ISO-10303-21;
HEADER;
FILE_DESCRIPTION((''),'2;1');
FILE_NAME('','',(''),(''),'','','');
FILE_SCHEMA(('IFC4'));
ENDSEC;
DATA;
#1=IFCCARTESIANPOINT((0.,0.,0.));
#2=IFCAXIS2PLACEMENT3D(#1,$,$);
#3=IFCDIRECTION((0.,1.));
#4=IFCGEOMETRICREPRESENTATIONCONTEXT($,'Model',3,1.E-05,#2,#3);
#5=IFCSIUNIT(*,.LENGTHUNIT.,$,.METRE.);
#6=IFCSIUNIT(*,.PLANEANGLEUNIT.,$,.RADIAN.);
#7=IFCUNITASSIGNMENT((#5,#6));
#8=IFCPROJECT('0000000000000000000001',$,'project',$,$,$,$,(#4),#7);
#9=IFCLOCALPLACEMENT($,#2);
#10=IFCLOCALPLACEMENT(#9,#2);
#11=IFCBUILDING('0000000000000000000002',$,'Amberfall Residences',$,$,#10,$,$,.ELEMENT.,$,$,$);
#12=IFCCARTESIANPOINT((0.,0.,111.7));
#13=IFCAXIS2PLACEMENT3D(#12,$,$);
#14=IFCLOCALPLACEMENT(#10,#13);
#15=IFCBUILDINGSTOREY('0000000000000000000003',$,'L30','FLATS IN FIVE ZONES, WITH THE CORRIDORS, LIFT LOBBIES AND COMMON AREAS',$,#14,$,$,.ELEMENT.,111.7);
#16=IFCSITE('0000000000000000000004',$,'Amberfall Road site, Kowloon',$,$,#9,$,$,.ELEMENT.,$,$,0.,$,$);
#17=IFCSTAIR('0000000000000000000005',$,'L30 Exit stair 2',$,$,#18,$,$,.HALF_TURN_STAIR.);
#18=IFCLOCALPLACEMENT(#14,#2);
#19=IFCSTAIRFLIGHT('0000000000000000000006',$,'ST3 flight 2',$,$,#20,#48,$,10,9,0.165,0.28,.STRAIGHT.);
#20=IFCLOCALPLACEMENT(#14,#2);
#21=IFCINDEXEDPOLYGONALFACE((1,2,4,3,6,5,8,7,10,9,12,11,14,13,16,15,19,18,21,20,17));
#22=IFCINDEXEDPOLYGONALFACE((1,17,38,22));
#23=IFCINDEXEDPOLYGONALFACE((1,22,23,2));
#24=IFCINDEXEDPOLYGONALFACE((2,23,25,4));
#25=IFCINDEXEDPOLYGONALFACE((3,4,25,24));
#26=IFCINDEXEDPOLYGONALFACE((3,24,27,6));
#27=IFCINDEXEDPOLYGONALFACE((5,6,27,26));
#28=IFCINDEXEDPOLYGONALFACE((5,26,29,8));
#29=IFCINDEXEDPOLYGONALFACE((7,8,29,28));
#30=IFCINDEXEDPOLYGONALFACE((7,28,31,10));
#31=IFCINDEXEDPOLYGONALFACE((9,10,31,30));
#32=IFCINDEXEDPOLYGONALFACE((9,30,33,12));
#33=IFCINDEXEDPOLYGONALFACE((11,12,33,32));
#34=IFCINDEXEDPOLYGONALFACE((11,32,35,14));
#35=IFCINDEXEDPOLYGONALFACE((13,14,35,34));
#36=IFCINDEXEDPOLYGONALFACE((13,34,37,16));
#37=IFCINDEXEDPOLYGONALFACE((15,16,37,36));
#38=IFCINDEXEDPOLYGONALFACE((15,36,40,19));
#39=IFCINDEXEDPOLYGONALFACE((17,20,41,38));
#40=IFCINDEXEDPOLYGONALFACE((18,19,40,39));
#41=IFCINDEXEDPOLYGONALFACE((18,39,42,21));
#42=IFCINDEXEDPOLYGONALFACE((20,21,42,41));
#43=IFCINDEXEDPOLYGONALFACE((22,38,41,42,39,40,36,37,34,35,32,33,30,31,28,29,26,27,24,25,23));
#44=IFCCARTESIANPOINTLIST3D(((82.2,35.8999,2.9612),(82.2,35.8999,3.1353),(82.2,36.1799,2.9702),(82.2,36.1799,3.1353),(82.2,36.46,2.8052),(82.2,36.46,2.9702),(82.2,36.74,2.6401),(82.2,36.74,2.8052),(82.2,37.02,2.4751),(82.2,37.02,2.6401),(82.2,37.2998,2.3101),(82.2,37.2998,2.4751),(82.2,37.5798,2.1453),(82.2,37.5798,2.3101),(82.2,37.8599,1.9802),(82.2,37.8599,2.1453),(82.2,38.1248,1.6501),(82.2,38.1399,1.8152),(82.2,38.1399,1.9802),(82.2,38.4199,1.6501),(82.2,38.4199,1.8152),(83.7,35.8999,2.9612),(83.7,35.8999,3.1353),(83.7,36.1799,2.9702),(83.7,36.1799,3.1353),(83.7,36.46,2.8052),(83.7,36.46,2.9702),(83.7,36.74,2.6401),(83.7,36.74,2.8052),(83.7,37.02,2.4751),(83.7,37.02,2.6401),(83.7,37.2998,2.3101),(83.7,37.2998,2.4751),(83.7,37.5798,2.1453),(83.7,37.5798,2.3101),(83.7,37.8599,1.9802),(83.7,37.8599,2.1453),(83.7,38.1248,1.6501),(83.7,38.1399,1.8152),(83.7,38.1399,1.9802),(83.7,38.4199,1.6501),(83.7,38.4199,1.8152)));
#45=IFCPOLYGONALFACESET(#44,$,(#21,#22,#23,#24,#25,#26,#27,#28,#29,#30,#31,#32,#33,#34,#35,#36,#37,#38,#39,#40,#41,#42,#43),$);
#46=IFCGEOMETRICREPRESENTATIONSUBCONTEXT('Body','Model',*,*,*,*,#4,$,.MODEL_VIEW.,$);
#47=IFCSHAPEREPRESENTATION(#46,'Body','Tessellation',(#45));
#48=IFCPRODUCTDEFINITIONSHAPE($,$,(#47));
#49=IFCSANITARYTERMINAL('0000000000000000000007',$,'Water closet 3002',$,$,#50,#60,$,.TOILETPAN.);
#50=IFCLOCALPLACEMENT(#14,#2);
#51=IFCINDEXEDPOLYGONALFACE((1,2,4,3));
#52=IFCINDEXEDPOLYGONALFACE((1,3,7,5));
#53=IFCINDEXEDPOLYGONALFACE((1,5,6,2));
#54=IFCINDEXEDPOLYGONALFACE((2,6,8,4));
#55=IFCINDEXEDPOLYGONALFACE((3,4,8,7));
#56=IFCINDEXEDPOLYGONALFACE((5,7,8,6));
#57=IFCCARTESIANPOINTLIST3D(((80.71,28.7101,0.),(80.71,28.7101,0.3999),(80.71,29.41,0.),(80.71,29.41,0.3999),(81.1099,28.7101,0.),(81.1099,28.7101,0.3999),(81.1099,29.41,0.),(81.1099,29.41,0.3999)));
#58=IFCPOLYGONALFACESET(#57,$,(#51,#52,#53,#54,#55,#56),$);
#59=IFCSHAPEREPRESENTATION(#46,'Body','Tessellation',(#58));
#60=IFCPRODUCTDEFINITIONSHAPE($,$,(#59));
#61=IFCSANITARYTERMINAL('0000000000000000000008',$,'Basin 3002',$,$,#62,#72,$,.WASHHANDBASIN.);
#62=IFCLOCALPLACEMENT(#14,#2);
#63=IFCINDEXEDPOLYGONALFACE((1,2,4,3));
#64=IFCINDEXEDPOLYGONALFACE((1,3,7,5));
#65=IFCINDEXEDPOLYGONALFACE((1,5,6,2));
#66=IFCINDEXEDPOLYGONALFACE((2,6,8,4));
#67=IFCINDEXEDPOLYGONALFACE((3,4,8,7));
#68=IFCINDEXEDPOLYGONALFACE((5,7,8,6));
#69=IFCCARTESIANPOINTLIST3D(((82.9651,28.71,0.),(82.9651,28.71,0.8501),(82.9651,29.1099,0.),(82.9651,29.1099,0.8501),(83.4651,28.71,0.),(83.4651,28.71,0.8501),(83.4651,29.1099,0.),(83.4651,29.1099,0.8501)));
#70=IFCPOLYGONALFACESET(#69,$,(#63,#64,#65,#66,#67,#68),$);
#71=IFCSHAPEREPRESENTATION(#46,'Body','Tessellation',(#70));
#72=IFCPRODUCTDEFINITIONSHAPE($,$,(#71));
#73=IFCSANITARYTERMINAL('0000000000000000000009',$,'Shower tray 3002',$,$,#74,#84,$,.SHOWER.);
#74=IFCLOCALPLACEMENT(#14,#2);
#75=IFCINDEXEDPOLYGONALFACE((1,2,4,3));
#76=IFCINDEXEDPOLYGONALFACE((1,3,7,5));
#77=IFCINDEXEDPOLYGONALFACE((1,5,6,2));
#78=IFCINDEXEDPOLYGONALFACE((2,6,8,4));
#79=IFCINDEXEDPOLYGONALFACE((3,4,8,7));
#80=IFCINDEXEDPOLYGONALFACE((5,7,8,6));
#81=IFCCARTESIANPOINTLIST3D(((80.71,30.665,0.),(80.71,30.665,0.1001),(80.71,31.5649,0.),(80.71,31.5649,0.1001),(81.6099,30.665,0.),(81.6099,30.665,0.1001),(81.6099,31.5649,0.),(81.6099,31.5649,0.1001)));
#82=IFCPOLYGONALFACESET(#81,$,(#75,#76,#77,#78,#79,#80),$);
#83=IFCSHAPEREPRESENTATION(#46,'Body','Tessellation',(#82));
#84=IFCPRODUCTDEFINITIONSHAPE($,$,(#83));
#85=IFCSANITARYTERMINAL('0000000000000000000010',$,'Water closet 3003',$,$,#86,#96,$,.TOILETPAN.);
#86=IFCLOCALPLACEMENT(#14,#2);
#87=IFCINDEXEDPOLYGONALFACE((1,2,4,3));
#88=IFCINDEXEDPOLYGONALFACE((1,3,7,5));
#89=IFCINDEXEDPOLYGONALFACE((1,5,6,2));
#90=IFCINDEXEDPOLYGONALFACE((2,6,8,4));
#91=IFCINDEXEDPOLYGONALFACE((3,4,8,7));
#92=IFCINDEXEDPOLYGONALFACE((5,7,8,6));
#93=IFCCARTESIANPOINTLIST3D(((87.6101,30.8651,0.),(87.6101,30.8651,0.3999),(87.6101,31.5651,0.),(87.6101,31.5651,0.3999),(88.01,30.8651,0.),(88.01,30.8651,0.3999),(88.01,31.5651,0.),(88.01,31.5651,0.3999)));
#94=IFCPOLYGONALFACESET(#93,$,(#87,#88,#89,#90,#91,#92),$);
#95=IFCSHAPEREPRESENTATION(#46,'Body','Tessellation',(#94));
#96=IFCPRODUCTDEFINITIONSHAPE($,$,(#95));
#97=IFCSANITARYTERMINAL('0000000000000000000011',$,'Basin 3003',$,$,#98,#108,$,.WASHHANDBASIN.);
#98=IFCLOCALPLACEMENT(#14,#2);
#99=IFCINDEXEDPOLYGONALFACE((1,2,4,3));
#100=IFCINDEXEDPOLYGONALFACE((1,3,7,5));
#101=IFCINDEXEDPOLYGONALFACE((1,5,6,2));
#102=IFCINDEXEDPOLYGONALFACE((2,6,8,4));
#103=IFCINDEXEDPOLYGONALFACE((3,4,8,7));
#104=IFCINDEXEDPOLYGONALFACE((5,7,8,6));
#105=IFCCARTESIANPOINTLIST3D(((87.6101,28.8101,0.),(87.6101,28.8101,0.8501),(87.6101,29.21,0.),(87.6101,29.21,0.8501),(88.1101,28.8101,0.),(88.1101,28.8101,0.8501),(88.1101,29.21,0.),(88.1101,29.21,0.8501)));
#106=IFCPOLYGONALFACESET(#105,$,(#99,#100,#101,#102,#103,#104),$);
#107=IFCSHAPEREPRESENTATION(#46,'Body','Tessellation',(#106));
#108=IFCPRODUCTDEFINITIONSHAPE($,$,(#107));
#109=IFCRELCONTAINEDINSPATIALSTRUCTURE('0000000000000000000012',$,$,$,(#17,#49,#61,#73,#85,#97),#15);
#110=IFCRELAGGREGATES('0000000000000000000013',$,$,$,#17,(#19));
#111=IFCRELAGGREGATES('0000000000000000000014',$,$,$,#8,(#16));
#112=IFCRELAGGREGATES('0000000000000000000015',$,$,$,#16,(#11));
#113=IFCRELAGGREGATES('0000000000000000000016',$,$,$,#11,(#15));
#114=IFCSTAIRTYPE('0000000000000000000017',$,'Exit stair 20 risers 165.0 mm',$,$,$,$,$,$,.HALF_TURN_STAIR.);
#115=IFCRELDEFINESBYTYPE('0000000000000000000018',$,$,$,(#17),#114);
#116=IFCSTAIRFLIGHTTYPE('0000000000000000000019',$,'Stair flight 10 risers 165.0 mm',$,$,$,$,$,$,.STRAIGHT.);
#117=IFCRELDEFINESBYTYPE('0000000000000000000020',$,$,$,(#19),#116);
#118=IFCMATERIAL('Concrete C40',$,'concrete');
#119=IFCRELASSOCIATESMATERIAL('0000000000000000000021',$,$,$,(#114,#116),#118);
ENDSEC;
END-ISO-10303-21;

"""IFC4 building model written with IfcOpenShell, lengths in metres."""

from ifc_helpers import new_model, si_unit, direction, frame, origin, origin_2d, place, context, subcontext, project, spatial, polyline, rectangle, outline, extrude, material, type_object, element, aggregate, save


model = new_model("IFC4")

# Units and contexts
model_context = context("Model", 3, precision=1e-05, world=origin(), true_north=direction((0.0, 1.0)))
body_context = subcontext(model_context, "Body", "Model", "MODEL_VIEW")
ifc_project = project(units=[si_unit("LENGTHUNIT", "METRE"), si_unit("PLANEANGLEUNIT", "RADIAN")], contexts=[model_context])

# Site, building, storey
site_placement = place(None, origin())
site = spatial("IfcSite", under=ifc_project, at=site_placement, Name="Amberfall Road site, Kowloon", CompositionType="ELEMENT", RefElevation=0.0)
building_placement = place(site_placement, origin())
building = spatial("IfcBuilding", under=site, at=building_placement, Name="Amberfall Residences", CompositionType="ELEMENT")
storey_placement = place(building_placement, frame((0.0, 0.0, 111.7)))
storey = spatial("IfcBuildingStorey", under=building, at=storey_placement, Name="L30", Description="FLATS IN FIVE ZONES, WITH THE CORRIDORS, LIFT LOBBIES AND COMMON AREAS", CompositionType="ELEMENT", Elevation=111.7)

# Stair, stair flight
ifc_material_1 = material(Name="Concrete C40", Category="concrete")
stair_type = type_object("IfcStairType", Name="Exit stair 20 risers 165.0 mm", PredefinedType="HALF_TURN_STAIR", material=ifc_material_1)
stair_placement = place(storey_placement, origin())
stair = element("IfcStair", 1, at=stair_placement, inside=storey, type_object=stair_type, Name="L30 Exit stair 2", PredefinedType="HALF_TURN_STAIR")
stair_flight_type = type_object("IfcStairFlightType", Name="Stair flight 10 risers 165.0 mm", PredefinedType="STRAIGHT", material=ifc_material_1)
stair_flight_1_placement = place(storey_placement, frame((82.95, 38.4199, 1.6501), z_axis=(0.0, 0.0, 1.0), x_axis=(0.0, -1.0, 0.0)))
stair_flight_1 = element("IfcStairFlight", 2, at=stair_flight_1_placement, type_object=stair_flight_type, Name="ST3 flight 2", NumberOfRisers=10, NumberOfTreads=9, PredefinedType="STRAIGHT", RiserHeight=0.165, TreadLength=0.28, context=body_context, shape_type="SweptSolid", body=[
    extrude(outline(polyline([(0.0, 0.0), (0.0, 0.165), (0.28, 0.165), (0.28, 0.3301), (0.5601, 0.3301), (0.5601, 0.4951), (0.8401, 0.4951), (0.8401, 0.6599), (1.1201, 0.6599), (1.1201, 0.825), (1.3999, 0.825), (1.3999, 0.99), (1.6799, 0.99), (1.6799, 1.155), (1.96, 1.155), (1.96, 1.3201), (2.24, 1.3201), (2.24, 1.4851), (2.52, 1.4851), (2.52, 1.6499), (2.52, 1.311), (0.2952, 0.0), (0.0, 0.0)])), frame((0.0, 0.75, 0.0), z_axis=(0.0, -1.0, 0.0), x_axis=(1.0, 0.0, 0.0)), (0.0, 0.0, 1.0), 1.5),
])
aggregate(stair, [stair_flight_1])

# Sanitary terminals
sanitary_terminal_1_placement = place(storey_placement, frame((80.9099, 29.0601, 0.0), z_axis=(0.0, 0.0, 1.0), x_axis=(1.0, 0.0, 0.0)))
element("IfcSanitaryTerminal", 3, at=sanitary_terminal_1_placement, inside=storey, Name="Water closet 3002", PredefinedType="TOILETPAN", context=body_context, shape_type="SweptSolid", body=[
    extrude(rectangle(XDim=0.3999, YDim=0.7, at=origin_2d()), origin(), (0.0, 0.0, 1.0), 0.3999),
])
sanitary_terminal_2_placement = place(storey_placement, frame((83.2151, 28.9099, 0.0), z_axis=(0.0, 0.0, 1.0), x_axis=(1.0, 0.0, 0.0)))
element("IfcSanitaryTerminal", 4, at=sanitary_terminal_2_placement, inside=storey, Name="Basin 3002", PredefinedType="WASHHANDBASIN", context=body_context, shape_type="SweptSolid", body=[
    extrude(rectangle(XDim=0.5, YDim=0.3999, at=origin_2d()), origin(), (0.0, 0.0, 1.0), 0.8501),
])
sanitary_terminal_3_placement = place(storey_placement, frame((81.1599, 31.115, 0.0), z_axis=(0.0, 0.0, 1.0), x_axis=(1.0, 0.0, 0.0)))
element("IfcSanitaryTerminal", 5, at=sanitary_terminal_3_placement, inside=storey, Name="Shower tray 3002", PredefinedType="SHOWER", context=body_context, shape_type="SweptSolid", body=[
    extrude(rectangle(XDim=0.8999, YDim=0.8999, at=origin_2d()), origin(), (0.0, 0.0, 1.0), 0.1001),
])
sanitary_terminal_4_placement = place(storey_placement, frame((87.8101, 31.2151, 0.0), z_axis=(0.0, 0.0, 1.0), x_axis=(1.0, 0.0, 0.0)))
element("IfcSanitaryTerminal", 6, at=sanitary_terminal_4_placement, inside=storey, Name="Water closet 3003", PredefinedType="TOILETPAN", context=body_context, shape_type="SweptSolid", body=[
    extrude(rectangle(XDim=0.3999, YDim=0.7, at=origin_2d()), origin(), (0.0, 0.0, 1.0), 0.3999),
])
sanitary_terminal_5_placement = place(storey_placement, frame((87.8601, 29.01, 0.0), z_axis=(0.0, 0.0, 1.0), x_axis=(1.0, 0.0, 0.0)))
element("IfcSanitaryTerminal", 7, at=sanitary_terminal_5_placement, inside=storey, Name="Basin 3003", PredefinedType="WASHHANDBASIN", context=body_context, shape_type="SweptSolid", body=[
    extrude(rectangle(XDim=0.5, YDim=0.3999, at=origin_2d()), origin(), (0.0, 0.0, 1.0), 0.8501),
])

save(model, "model.ifc")
